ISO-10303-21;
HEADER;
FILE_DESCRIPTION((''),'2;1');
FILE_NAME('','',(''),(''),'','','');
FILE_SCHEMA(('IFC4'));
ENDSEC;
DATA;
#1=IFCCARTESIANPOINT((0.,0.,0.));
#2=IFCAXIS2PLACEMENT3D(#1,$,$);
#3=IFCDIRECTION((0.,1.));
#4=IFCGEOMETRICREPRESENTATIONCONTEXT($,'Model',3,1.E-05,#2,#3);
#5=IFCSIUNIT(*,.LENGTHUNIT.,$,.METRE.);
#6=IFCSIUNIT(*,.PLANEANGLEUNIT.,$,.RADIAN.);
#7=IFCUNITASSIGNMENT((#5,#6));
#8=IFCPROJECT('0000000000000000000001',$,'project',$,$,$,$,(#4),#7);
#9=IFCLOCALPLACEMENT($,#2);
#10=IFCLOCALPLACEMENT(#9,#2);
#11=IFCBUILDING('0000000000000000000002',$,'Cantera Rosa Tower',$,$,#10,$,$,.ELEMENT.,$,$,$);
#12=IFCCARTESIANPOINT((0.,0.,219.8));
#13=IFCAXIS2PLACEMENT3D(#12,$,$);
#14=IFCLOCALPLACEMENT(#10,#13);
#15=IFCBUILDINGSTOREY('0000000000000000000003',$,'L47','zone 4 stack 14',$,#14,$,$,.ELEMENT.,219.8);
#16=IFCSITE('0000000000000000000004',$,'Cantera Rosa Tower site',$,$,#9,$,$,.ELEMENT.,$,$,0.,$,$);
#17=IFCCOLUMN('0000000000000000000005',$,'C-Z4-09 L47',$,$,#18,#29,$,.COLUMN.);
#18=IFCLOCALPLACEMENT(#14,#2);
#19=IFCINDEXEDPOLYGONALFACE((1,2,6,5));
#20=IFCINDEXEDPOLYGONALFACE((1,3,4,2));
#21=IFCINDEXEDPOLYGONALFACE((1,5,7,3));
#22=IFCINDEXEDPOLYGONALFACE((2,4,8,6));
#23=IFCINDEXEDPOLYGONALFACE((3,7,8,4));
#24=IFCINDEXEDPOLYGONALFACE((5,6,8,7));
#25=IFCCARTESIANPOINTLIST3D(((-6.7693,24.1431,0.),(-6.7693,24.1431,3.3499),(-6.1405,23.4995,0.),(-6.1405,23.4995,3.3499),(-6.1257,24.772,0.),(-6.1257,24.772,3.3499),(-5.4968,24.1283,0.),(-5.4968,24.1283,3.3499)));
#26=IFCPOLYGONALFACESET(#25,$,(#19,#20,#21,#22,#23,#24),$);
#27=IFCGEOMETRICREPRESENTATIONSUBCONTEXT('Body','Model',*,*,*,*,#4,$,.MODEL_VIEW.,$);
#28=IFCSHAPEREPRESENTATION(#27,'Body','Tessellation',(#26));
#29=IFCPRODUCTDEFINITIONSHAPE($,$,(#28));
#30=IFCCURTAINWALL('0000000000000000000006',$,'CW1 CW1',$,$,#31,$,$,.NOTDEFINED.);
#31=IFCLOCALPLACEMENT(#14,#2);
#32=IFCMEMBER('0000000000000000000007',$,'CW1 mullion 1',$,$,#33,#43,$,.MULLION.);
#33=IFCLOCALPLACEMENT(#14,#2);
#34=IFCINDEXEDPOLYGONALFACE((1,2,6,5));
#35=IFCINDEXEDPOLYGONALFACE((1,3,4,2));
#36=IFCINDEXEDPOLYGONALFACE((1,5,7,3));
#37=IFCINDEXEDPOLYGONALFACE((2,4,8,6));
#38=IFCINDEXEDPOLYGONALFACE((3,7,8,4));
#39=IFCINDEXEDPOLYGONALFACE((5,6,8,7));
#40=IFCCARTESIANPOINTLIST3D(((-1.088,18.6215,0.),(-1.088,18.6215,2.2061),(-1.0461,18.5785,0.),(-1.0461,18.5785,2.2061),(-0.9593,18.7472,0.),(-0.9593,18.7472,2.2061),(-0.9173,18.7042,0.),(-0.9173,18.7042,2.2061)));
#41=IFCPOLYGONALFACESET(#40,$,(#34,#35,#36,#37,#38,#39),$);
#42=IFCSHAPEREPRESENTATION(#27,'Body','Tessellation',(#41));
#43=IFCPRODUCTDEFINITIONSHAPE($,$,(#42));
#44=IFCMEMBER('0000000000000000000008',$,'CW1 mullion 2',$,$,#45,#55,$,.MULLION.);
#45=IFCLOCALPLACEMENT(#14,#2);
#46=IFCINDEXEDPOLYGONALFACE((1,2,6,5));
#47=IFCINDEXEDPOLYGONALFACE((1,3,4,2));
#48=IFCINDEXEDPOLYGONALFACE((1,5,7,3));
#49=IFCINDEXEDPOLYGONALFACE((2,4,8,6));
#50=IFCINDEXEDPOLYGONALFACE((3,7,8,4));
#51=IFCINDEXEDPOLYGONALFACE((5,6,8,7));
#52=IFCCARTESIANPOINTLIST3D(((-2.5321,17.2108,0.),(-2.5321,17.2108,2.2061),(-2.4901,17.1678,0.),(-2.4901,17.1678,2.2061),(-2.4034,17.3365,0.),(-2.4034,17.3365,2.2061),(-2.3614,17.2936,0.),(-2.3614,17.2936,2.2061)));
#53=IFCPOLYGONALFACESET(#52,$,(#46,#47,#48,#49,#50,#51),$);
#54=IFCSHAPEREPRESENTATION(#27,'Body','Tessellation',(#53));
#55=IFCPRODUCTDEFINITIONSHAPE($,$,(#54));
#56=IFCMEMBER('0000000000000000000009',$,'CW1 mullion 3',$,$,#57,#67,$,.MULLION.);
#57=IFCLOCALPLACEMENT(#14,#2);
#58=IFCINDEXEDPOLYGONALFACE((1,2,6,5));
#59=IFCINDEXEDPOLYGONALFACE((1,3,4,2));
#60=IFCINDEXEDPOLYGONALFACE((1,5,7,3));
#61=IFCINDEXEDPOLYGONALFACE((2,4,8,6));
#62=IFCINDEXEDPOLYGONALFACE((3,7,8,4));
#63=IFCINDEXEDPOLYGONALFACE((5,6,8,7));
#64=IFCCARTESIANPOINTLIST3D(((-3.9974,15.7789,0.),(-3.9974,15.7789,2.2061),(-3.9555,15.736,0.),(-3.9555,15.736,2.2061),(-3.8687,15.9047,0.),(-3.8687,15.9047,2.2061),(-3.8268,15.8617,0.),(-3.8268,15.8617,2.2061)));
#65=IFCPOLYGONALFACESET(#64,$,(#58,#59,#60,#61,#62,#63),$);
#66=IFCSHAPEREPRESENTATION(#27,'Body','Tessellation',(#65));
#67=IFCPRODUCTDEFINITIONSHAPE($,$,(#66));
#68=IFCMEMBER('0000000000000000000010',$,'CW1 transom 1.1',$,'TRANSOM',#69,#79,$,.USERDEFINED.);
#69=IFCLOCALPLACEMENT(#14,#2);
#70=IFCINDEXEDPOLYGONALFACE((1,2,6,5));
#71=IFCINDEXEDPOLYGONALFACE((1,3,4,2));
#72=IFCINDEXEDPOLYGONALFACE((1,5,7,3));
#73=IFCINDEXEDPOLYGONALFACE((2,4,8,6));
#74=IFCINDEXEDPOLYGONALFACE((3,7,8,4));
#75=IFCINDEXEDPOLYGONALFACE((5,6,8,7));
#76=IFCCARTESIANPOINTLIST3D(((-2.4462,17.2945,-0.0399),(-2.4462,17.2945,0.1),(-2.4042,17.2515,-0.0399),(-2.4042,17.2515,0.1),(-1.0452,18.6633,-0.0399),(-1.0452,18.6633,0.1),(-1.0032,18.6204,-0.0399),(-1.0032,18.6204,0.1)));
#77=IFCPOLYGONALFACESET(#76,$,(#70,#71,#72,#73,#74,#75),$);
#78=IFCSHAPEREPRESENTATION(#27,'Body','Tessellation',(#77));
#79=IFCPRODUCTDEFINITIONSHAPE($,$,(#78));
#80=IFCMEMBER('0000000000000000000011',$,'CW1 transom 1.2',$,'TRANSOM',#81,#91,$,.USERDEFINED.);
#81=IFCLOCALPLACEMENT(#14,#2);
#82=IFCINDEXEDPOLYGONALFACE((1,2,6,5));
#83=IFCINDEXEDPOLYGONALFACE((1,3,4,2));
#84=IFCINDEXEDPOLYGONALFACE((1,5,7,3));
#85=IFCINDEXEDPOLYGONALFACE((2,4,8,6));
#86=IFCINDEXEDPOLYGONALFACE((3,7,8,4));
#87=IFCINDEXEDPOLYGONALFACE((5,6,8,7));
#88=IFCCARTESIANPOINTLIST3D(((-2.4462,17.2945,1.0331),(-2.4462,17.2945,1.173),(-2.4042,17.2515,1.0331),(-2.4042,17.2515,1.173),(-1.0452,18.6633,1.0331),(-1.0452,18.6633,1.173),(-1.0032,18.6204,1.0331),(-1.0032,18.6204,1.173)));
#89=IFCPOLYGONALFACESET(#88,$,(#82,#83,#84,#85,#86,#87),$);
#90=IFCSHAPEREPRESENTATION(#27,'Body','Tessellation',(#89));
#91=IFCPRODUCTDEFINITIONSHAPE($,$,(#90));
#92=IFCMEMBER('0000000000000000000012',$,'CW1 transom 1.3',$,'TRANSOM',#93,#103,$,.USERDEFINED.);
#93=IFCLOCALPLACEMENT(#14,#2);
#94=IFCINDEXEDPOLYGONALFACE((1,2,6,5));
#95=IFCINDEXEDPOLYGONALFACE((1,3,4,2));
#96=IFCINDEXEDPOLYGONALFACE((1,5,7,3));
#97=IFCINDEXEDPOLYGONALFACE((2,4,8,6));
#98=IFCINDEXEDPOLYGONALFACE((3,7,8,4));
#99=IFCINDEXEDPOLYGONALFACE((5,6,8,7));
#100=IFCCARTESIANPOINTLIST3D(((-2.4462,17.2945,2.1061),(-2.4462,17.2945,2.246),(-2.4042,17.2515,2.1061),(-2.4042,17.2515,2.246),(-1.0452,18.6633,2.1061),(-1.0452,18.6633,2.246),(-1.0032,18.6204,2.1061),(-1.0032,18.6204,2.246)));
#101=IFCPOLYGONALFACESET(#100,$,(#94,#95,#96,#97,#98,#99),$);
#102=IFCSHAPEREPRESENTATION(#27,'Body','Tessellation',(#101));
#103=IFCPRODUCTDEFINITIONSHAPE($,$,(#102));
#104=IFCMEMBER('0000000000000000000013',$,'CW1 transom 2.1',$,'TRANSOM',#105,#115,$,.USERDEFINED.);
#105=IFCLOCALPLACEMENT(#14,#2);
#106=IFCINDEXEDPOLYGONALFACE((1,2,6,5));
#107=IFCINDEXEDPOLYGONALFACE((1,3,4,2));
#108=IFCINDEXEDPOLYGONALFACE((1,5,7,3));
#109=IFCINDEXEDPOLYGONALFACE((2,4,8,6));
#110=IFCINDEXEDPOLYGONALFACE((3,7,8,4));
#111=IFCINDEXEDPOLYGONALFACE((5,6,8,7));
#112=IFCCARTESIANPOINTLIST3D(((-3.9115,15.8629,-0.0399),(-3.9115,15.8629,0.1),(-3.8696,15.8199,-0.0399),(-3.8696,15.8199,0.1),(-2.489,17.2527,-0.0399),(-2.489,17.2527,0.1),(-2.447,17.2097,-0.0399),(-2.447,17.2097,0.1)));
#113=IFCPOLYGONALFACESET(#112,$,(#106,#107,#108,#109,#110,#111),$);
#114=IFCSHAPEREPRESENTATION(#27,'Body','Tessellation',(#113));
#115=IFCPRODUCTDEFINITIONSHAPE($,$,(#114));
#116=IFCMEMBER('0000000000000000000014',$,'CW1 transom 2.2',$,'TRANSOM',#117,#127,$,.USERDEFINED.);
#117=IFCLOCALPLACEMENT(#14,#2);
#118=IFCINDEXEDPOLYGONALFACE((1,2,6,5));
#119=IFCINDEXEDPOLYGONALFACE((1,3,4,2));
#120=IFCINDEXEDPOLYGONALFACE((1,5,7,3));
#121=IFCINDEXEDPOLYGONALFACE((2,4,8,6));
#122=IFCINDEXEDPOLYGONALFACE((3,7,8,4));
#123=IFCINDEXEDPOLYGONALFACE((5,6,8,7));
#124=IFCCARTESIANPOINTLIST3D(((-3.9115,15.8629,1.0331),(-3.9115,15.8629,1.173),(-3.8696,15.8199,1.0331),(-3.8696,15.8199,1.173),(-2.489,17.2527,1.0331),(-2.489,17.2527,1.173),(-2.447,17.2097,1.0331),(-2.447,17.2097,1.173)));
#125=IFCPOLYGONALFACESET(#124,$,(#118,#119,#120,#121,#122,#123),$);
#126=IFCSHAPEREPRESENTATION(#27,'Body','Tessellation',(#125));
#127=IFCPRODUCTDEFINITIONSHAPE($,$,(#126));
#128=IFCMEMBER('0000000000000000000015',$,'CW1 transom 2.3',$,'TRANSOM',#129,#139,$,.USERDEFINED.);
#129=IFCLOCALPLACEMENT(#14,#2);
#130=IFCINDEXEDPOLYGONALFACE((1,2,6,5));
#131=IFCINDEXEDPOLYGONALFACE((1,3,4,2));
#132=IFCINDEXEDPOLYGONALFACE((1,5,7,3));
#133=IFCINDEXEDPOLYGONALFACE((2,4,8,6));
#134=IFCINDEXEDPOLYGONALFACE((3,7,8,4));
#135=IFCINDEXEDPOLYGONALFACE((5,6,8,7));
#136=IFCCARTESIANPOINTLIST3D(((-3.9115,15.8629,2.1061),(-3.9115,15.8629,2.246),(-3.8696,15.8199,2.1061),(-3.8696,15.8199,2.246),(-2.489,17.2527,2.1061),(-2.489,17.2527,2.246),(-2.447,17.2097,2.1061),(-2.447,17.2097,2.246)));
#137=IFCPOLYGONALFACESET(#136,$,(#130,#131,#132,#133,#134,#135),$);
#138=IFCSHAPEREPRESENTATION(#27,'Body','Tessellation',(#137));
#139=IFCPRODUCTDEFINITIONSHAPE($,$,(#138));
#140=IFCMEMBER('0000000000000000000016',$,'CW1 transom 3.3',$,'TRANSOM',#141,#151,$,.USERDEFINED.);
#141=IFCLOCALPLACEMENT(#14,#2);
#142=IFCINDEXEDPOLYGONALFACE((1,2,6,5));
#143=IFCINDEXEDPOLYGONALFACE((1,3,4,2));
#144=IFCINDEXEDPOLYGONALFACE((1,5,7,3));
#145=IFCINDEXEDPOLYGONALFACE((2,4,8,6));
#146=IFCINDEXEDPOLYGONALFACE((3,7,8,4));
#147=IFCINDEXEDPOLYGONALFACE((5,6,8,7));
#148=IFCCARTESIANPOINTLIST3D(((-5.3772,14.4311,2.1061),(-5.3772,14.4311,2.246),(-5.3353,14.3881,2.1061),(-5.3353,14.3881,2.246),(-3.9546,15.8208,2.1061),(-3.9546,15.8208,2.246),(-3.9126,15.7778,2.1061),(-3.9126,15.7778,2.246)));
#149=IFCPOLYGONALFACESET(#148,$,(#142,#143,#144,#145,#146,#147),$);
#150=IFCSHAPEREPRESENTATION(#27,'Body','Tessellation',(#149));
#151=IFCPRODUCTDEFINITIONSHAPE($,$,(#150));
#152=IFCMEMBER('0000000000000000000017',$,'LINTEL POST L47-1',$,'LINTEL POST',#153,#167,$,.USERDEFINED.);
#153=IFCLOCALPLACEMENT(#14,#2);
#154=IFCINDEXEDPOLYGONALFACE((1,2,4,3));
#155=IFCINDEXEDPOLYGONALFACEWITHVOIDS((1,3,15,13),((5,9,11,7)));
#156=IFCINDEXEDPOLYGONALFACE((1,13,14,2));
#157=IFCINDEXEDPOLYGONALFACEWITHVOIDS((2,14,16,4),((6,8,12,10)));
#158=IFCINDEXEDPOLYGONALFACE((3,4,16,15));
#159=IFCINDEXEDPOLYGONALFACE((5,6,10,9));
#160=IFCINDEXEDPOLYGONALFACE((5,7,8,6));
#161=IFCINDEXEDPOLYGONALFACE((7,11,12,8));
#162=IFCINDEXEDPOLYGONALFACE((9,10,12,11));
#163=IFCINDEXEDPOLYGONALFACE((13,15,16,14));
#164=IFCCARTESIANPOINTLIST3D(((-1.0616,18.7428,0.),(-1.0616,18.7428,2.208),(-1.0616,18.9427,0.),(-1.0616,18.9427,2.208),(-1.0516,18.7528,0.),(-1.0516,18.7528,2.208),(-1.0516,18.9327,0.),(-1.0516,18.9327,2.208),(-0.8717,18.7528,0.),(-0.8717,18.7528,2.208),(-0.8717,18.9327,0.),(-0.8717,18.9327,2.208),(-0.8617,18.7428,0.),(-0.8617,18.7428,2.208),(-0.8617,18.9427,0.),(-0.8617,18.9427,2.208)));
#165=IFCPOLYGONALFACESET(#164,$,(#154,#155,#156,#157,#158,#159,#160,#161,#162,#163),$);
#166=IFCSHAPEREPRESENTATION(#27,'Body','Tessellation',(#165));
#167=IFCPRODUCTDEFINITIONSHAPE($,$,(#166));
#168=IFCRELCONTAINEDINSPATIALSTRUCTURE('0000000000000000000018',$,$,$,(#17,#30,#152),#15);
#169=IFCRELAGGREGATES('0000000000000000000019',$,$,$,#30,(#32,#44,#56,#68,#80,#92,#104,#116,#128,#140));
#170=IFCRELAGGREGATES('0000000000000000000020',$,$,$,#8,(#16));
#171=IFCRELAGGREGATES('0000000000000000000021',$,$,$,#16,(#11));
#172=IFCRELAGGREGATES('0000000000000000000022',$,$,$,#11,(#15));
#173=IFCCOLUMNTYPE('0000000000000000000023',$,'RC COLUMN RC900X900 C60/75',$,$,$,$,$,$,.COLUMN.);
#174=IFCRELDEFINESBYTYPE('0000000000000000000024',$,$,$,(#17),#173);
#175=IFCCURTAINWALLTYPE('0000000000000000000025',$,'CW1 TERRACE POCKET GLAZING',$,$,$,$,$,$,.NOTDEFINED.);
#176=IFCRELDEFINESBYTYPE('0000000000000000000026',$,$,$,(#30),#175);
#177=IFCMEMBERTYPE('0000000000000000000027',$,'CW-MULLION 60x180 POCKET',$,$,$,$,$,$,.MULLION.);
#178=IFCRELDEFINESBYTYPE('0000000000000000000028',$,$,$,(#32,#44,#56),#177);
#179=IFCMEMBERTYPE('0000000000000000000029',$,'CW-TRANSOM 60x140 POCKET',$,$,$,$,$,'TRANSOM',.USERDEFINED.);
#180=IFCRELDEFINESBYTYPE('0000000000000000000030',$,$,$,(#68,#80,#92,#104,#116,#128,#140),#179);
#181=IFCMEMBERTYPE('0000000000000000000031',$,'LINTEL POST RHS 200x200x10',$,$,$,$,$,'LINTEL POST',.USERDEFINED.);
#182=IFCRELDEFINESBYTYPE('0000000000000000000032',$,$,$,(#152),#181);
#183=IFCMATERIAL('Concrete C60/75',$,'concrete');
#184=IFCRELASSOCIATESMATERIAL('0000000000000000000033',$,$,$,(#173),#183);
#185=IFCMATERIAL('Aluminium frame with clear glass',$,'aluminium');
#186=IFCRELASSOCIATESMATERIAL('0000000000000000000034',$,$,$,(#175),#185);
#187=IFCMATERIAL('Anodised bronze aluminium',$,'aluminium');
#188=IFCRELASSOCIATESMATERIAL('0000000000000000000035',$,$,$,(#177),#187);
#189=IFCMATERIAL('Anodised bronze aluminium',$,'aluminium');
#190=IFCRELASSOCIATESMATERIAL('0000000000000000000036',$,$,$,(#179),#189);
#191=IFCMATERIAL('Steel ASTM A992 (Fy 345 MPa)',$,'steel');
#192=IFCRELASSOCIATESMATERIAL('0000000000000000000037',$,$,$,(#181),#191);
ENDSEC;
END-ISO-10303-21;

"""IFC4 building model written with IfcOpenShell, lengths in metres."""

from ifc_helpers import new_model, si_unit, direction, frame, origin, origin_2d, place, context, subcontext, project, spatial, rectangle, hollow_rectangle, extrude, material, material_profile, profile_set, type_object, element, aggregate, save


model = new_model("IFC4")

# Units and contexts
model_context = context("Model", 3, precision=1e-05, world=origin(), true_north=direction((0.0, 1.0)))
body_context = subcontext(model_context, "Body", "Model", "MODEL_VIEW")
ifc_project = project(units=[si_unit("LENGTHUNIT", "METRE"), si_unit("PLANEANGLEUNIT", "RADIAN")], contexts=[model_context])

# Site, building, storey
site_placement = place(None, origin())
site = spatial("IfcSite", under=ifc_project, at=site_placement, Name="Cantera Rosa Tower site", CompositionType="ELEMENT", RefElevation=0.0)
building_placement = place(site_placement, origin())
building = spatial("IfcBuilding", under=site, at=building_placement, Name="Cantera Rosa Tower", CompositionType="ELEMENT")
storey_placement = place(building_placement, frame((0.0, 0.0, 219.8)))
storey = spatial("IfcBuildingStorey", under=building, at=storey_placement, Name="L47", Description="zone 4 stack 14", CompositionType="ELEMENT", Elevation=219.8)

# Column
ifc_material_1 = material(Name="Concrete C60/75", Category="concrete")
ifc_material_profile_1 = material_profile(ifc_material_1, rectangle(XDim=0.8999, YDim=0.8999, at=origin_2d()), Name="RC COLUMN RC900X900 C60/75")
ifc_profile_set_1 = profile_set([ifc_material_profile_1], Name="Concrete C60/75")
column_type = type_object("IfcColumnType", Name="RC COLUMN RC900X900 C60/75", PredefinedType="COLUMN", material=ifc_profile_set_1)
column_placement = place(storey_placement, frame((-6.1331, 24.1357, 0.0), z_axis=(0.0, 0.0, 1.0), x_axis=(0.715286, 0.698832, 0.0)))
element("IfcColumn", 1, at=column_placement, inside=storey, type_object=column_type, Name="C-Z4-09 L47", PredefinedType="COLUMN", context=body_context, shape_type="SweptSolid", body=[
    extrude(rectangle(XDim=0.8999, YDim=0.8999, at=origin_2d()), origin(), (0.0, 0.0, 1.0), 3.3499),
])

# Curtain wall, members
ifc_material_2 = material(Name="Aluminium frame with clear glass", Category="aluminium")
curtain_wall_type = type_object("IfcCurtainWallType", Name="CW1 TERRACE POCKET GLAZING", PredefinedType="NOTDEFINED", material=ifc_material_2)
curtain_wall_placement = place(storey_placement, origin())
curtain_wall = element("IfcCurtainWall", 2, at=curtain_wall_placement, inside=storey, type_object=curtain_wall_type, Name="CW1 CW1", PredefinedType="NOTDEFINED")
ifc_material_3 = material(Name="Anodised bronze aluminium", Category="aluminium")
ifc_material_profile_2 = material_profile(ifc_material_3, rectangle(XDim=0.0601, YDim=0.1799, at=origin_2d()), Name="CW-MULLION 60x180 POCKET")
ifc_profile_set_2 = profile_set([ifc_material_profile_2], Name="Anodised bronze aluminium")
member_type_1 = type_object("IfcMemberType", Name="CW-MULLION 60x180 POCKET", PredefinedType="MULLION", material=ifc_profile_set_2)
member_1_placement = place(storey_placement, frame((-1.0027, 18.6628, 0.0), z_axis=(0.0, 0.0, 1.0), x_axis=(0.698832, -0.715286, 0.0)))
member_1 = element("IfcMember", 3, at=member_1_placement, type_object=member_type_1, Name="CW1 mullion 1", PredefinedType="MULLION", context=body_context, shape_type="SweptSolid", body=[
    extrude(rectangle(XDim=0.0601, YDim=0.1799, at=origin_2d()), origin(), (0.0, 0.0, 1.0), 2.2061),
])
member_2_placement = place(storey_placement, frame((-2.4468, 17.2522, 0.0), z_axis=(0.0, 0.0, 1.0), x_axis=(0.698832, -0.715286, 0.0)))
member_2 = element("IfcMember", 4, at=member_2_placement, type_object=member_type_1, Name="CW1 mullion 2", PredefinedType="MULLION", context=body_context, shape_type="SweptSolid", body=[
    extrude(rectangle(XDim=0.0601, YDim=0.1799, at=origin_2d()), origin(), (0.0, 0.0, 1.0), 2.2061),
])
member_3_placement = place(storey_placement, frame((-3.9121, 15.8203, 0.0), z_axis=(0.0, 0.0, 1.0), x_axis=(0.698832, -0.715286, 0.0)))
member_3 = element("IfcMember", 5, at=member_3_placement, type_object=member_type_1, Name="CW1 mullion 3", PredefinedType="MULLION", context=body_context, shape_type="SweptSolid", body=[
    extrude(rectangle(XDim=0.0601, YDim=0.1799, at=origin_2d()), origin(), (0.0, 0.0, 1.0), 2.2061),
])
ifc_material_4 = material(Name="Anodised bronze aluminium", Category="aluminium")
ifc_material_profile_3 = material_profile(ifc_material_4, rectangle(XDim=0.0601, YDim=0.1399, at=origin_2d()), Name="CW-TRANSOM 60x140 POCKET")
ifc_profile_set_3 = profile_set([ifc_material_profile_3], Name="Anodised bronze aluminium")
member_type_2 = type_object("IfcMemberType", Name="CW-TRANSOM 60x140 POCKET", ElementType="TRANSOM", PredefinedType="USERDEFINED", material=ifc_profile_set_3)
member_4_placement = place(storey_placement, frame((-1.0242, 18.6418, 0.03), z_axis=(-0.715285, -0.698833, 0.0), x_axis=(0.698833, -0.715285, 0.0)))
member_4 = element("IfcMember", 6, at=member_4_placement, type_object=member_type_2, Name="CW1 transom 1.1", ObjectType="TRANSOM", PredefinedType="USERDEFINED", context=body_context, shape_type="SweptSolid", body=[
    extrude(rectangle(XDim=0.0601, YDim=0.1399, at=origin_2d()), origin(), (0.0, 0.0, 1.0), 1.9587),
])
member_5_placement = place(storey_placement, frame((-1.0242, 18.6418, 1.103), z_axis=(-0.715285, -0.698833, 0.0), x_axis=(0.698833, -0.715285, 0.0)))
member_5 = element("IfcMember", 7, at=member_5_placement, type_object=member_type_2, Name="CW1 transom 1.2", ObjectType="TRANSOM", PredefinedType="USERDEFINED", context=body_context, shape_type="SweptSolid", body=[
    extrude(rectangle(XDim=0.0601, YDim=0.1399, at=origin_2d()), origin(), (0.0, 0.0, 1.0), 1.9587),
])
member_6_placement = place(storey_placement, frame((-1.0242, 18.6418, 2.176), z_axis=(-0.715285, -0.698833, 0.0), x_axis=(0.698833, -0.715285, 0.0)))
member_6 = element("IfcMember", 8, at=member_6_placement, type_object=member_type_2, Name="CW1 transom 1.3", ObjectType="TRANSOM", PredefinedType="USERDEFINED", context=body_context, shape_type="SweptSolid", body=[
    extrude(rectangle(XDim=0.0601, YDim=0.1399, at=origin_2d()), origin(), (0.0, 0.0, 1.0), 1.9587),
])
member_7_placement = place(storey_placement, frame((-2.468, 17.2312, 0.03), z_axis=(-0.715283, -0.698834, 0.0), x_axis=(0.698834, -0.715283, 0.0)))
member_7 = element("IfcMember", 9, at=member_7_placement, type_object=member_type_2, Name="CW1 transom 2.1", ObjectType="TRANSOM", PredefinedType="USERDEFINED", context=body_context, shape_type="SweptSolid", body=[
    extrude(rectangle(XDim=0.0601, YDim=0.1399, at=origin_2d()), origin(), (0.0, 0.0, 1.0), 1.9888),
])
member_8_placement = place(storey_placement, frame((-2.468, 17.2312, 1.103), z_axis=(-0.715283, -0.698834, 0.0), x_axis=(0.698834, -0.715283, 0.0)))
member_8 = element("IfcMember", 10, at=member_8_placement, type_object=member_type_2, Name="CW1 transom 2.2", ObjectType="TRANSOM", PredefinedType="USERDEFINED", context=body_context, shape_type="SweptSolid", body=[
    extrude(rectangle(XDim=0.0601, YDim=0.1399, at=origin_2d()), origin(), (0.0, 0.0, 1.0), 1.9888),
])
member_9_placement = place(storey_placement, frame((-2.468, 17.2312, 2.176), z_axis=(-0.715283, -0.698834, 0.0), x_axis=(0.698834, -0.715283, 0.0)))
member_9 = element("IfcMember", 11, at=member_9_placement, type_object=member_type_2, Name="CW1 transom 2.3", ObjectType="TRANSOM", PredefinedType="USERDEFINED", context=body_context, shape_type="SweptSolid", body=[
    extrude(rectangle(XDim=0.0601, YDim=0.1399, at=origin_2d()), origin(), (0.0, 0.0, 1.0), 1.9888),
])
member_10_placement = place(storey_placement, frame((-3.9336, 15.7993, 2.176), z_axis=(-0.715345, -0.698772, 0.0), x_axis=(0.698772, -0.715345, 0.0)))
member_10 = element("IfcMember", 12, at=member_10_placement, type_object=member_type_2, Name="CW1 transom 3.3", ObjectType="TRANSOM", PredefinedType="USERDEFINED", context=body_context, shape_type="SweptSolid", body=[
    extrude(rectangle(XDim=0.0601, YDim=0.1399, at=origin_2d()), origin(), (0.0, 0.0, 1.0), 1.9888),
])

# Member
ifc_material_5 = material(Name="Steel ASTM A992 (Fy 345 MPa)", Category="steel")
ifc_material_profile_4 = material_profile(ifc_material_5, hollow_rectangle(XDim=0.2, YDim=0.2, WallThickness=0.01, at=origin_2d()), Name="LINTEL POST RHS 200x200x10")
ifc_profile_set_4 = profile_set([ifc_material_profile_4], Name="Steel ASTM A992 (Fy 345 MPa)")
member_type_3 = type_object("IfcMemberType", Name="LINTEL POST RHS 200x200x10", ElementType="LINTEL POST", PredefinedType="USERDEFINED", material=ifc_profile_set_4)
member_11_placement = place(storey_placement, frame((-0.9617, 18.8428, 0.0), z_axis=(0.0, 0.0, 1.0), x_axis=(1.0, 0.0, 0.0)))
element("IfcMember", 13, at=member_11_placement, inside=storey, type_object=member_type_3, Name="LINTEL POST L47-1", ObjectType="LINTEL POST", PredefinedType="USERDEFINED", context=body_context, shape_type="SweptSolid", body=[
    extrude(hollow_rectangle(XDim=0.2, YDim=0.2, WallThickness=0.01, at=origin_2d()), origin(), (0.0, 0.0, 1.0), 2.208),
])

aggregate(curtain_wall, [member_1, member_2, member_3, member_4, member_5, member_6, member_7, member_8, member_9, member_10])

save(model, "model.ifc")
